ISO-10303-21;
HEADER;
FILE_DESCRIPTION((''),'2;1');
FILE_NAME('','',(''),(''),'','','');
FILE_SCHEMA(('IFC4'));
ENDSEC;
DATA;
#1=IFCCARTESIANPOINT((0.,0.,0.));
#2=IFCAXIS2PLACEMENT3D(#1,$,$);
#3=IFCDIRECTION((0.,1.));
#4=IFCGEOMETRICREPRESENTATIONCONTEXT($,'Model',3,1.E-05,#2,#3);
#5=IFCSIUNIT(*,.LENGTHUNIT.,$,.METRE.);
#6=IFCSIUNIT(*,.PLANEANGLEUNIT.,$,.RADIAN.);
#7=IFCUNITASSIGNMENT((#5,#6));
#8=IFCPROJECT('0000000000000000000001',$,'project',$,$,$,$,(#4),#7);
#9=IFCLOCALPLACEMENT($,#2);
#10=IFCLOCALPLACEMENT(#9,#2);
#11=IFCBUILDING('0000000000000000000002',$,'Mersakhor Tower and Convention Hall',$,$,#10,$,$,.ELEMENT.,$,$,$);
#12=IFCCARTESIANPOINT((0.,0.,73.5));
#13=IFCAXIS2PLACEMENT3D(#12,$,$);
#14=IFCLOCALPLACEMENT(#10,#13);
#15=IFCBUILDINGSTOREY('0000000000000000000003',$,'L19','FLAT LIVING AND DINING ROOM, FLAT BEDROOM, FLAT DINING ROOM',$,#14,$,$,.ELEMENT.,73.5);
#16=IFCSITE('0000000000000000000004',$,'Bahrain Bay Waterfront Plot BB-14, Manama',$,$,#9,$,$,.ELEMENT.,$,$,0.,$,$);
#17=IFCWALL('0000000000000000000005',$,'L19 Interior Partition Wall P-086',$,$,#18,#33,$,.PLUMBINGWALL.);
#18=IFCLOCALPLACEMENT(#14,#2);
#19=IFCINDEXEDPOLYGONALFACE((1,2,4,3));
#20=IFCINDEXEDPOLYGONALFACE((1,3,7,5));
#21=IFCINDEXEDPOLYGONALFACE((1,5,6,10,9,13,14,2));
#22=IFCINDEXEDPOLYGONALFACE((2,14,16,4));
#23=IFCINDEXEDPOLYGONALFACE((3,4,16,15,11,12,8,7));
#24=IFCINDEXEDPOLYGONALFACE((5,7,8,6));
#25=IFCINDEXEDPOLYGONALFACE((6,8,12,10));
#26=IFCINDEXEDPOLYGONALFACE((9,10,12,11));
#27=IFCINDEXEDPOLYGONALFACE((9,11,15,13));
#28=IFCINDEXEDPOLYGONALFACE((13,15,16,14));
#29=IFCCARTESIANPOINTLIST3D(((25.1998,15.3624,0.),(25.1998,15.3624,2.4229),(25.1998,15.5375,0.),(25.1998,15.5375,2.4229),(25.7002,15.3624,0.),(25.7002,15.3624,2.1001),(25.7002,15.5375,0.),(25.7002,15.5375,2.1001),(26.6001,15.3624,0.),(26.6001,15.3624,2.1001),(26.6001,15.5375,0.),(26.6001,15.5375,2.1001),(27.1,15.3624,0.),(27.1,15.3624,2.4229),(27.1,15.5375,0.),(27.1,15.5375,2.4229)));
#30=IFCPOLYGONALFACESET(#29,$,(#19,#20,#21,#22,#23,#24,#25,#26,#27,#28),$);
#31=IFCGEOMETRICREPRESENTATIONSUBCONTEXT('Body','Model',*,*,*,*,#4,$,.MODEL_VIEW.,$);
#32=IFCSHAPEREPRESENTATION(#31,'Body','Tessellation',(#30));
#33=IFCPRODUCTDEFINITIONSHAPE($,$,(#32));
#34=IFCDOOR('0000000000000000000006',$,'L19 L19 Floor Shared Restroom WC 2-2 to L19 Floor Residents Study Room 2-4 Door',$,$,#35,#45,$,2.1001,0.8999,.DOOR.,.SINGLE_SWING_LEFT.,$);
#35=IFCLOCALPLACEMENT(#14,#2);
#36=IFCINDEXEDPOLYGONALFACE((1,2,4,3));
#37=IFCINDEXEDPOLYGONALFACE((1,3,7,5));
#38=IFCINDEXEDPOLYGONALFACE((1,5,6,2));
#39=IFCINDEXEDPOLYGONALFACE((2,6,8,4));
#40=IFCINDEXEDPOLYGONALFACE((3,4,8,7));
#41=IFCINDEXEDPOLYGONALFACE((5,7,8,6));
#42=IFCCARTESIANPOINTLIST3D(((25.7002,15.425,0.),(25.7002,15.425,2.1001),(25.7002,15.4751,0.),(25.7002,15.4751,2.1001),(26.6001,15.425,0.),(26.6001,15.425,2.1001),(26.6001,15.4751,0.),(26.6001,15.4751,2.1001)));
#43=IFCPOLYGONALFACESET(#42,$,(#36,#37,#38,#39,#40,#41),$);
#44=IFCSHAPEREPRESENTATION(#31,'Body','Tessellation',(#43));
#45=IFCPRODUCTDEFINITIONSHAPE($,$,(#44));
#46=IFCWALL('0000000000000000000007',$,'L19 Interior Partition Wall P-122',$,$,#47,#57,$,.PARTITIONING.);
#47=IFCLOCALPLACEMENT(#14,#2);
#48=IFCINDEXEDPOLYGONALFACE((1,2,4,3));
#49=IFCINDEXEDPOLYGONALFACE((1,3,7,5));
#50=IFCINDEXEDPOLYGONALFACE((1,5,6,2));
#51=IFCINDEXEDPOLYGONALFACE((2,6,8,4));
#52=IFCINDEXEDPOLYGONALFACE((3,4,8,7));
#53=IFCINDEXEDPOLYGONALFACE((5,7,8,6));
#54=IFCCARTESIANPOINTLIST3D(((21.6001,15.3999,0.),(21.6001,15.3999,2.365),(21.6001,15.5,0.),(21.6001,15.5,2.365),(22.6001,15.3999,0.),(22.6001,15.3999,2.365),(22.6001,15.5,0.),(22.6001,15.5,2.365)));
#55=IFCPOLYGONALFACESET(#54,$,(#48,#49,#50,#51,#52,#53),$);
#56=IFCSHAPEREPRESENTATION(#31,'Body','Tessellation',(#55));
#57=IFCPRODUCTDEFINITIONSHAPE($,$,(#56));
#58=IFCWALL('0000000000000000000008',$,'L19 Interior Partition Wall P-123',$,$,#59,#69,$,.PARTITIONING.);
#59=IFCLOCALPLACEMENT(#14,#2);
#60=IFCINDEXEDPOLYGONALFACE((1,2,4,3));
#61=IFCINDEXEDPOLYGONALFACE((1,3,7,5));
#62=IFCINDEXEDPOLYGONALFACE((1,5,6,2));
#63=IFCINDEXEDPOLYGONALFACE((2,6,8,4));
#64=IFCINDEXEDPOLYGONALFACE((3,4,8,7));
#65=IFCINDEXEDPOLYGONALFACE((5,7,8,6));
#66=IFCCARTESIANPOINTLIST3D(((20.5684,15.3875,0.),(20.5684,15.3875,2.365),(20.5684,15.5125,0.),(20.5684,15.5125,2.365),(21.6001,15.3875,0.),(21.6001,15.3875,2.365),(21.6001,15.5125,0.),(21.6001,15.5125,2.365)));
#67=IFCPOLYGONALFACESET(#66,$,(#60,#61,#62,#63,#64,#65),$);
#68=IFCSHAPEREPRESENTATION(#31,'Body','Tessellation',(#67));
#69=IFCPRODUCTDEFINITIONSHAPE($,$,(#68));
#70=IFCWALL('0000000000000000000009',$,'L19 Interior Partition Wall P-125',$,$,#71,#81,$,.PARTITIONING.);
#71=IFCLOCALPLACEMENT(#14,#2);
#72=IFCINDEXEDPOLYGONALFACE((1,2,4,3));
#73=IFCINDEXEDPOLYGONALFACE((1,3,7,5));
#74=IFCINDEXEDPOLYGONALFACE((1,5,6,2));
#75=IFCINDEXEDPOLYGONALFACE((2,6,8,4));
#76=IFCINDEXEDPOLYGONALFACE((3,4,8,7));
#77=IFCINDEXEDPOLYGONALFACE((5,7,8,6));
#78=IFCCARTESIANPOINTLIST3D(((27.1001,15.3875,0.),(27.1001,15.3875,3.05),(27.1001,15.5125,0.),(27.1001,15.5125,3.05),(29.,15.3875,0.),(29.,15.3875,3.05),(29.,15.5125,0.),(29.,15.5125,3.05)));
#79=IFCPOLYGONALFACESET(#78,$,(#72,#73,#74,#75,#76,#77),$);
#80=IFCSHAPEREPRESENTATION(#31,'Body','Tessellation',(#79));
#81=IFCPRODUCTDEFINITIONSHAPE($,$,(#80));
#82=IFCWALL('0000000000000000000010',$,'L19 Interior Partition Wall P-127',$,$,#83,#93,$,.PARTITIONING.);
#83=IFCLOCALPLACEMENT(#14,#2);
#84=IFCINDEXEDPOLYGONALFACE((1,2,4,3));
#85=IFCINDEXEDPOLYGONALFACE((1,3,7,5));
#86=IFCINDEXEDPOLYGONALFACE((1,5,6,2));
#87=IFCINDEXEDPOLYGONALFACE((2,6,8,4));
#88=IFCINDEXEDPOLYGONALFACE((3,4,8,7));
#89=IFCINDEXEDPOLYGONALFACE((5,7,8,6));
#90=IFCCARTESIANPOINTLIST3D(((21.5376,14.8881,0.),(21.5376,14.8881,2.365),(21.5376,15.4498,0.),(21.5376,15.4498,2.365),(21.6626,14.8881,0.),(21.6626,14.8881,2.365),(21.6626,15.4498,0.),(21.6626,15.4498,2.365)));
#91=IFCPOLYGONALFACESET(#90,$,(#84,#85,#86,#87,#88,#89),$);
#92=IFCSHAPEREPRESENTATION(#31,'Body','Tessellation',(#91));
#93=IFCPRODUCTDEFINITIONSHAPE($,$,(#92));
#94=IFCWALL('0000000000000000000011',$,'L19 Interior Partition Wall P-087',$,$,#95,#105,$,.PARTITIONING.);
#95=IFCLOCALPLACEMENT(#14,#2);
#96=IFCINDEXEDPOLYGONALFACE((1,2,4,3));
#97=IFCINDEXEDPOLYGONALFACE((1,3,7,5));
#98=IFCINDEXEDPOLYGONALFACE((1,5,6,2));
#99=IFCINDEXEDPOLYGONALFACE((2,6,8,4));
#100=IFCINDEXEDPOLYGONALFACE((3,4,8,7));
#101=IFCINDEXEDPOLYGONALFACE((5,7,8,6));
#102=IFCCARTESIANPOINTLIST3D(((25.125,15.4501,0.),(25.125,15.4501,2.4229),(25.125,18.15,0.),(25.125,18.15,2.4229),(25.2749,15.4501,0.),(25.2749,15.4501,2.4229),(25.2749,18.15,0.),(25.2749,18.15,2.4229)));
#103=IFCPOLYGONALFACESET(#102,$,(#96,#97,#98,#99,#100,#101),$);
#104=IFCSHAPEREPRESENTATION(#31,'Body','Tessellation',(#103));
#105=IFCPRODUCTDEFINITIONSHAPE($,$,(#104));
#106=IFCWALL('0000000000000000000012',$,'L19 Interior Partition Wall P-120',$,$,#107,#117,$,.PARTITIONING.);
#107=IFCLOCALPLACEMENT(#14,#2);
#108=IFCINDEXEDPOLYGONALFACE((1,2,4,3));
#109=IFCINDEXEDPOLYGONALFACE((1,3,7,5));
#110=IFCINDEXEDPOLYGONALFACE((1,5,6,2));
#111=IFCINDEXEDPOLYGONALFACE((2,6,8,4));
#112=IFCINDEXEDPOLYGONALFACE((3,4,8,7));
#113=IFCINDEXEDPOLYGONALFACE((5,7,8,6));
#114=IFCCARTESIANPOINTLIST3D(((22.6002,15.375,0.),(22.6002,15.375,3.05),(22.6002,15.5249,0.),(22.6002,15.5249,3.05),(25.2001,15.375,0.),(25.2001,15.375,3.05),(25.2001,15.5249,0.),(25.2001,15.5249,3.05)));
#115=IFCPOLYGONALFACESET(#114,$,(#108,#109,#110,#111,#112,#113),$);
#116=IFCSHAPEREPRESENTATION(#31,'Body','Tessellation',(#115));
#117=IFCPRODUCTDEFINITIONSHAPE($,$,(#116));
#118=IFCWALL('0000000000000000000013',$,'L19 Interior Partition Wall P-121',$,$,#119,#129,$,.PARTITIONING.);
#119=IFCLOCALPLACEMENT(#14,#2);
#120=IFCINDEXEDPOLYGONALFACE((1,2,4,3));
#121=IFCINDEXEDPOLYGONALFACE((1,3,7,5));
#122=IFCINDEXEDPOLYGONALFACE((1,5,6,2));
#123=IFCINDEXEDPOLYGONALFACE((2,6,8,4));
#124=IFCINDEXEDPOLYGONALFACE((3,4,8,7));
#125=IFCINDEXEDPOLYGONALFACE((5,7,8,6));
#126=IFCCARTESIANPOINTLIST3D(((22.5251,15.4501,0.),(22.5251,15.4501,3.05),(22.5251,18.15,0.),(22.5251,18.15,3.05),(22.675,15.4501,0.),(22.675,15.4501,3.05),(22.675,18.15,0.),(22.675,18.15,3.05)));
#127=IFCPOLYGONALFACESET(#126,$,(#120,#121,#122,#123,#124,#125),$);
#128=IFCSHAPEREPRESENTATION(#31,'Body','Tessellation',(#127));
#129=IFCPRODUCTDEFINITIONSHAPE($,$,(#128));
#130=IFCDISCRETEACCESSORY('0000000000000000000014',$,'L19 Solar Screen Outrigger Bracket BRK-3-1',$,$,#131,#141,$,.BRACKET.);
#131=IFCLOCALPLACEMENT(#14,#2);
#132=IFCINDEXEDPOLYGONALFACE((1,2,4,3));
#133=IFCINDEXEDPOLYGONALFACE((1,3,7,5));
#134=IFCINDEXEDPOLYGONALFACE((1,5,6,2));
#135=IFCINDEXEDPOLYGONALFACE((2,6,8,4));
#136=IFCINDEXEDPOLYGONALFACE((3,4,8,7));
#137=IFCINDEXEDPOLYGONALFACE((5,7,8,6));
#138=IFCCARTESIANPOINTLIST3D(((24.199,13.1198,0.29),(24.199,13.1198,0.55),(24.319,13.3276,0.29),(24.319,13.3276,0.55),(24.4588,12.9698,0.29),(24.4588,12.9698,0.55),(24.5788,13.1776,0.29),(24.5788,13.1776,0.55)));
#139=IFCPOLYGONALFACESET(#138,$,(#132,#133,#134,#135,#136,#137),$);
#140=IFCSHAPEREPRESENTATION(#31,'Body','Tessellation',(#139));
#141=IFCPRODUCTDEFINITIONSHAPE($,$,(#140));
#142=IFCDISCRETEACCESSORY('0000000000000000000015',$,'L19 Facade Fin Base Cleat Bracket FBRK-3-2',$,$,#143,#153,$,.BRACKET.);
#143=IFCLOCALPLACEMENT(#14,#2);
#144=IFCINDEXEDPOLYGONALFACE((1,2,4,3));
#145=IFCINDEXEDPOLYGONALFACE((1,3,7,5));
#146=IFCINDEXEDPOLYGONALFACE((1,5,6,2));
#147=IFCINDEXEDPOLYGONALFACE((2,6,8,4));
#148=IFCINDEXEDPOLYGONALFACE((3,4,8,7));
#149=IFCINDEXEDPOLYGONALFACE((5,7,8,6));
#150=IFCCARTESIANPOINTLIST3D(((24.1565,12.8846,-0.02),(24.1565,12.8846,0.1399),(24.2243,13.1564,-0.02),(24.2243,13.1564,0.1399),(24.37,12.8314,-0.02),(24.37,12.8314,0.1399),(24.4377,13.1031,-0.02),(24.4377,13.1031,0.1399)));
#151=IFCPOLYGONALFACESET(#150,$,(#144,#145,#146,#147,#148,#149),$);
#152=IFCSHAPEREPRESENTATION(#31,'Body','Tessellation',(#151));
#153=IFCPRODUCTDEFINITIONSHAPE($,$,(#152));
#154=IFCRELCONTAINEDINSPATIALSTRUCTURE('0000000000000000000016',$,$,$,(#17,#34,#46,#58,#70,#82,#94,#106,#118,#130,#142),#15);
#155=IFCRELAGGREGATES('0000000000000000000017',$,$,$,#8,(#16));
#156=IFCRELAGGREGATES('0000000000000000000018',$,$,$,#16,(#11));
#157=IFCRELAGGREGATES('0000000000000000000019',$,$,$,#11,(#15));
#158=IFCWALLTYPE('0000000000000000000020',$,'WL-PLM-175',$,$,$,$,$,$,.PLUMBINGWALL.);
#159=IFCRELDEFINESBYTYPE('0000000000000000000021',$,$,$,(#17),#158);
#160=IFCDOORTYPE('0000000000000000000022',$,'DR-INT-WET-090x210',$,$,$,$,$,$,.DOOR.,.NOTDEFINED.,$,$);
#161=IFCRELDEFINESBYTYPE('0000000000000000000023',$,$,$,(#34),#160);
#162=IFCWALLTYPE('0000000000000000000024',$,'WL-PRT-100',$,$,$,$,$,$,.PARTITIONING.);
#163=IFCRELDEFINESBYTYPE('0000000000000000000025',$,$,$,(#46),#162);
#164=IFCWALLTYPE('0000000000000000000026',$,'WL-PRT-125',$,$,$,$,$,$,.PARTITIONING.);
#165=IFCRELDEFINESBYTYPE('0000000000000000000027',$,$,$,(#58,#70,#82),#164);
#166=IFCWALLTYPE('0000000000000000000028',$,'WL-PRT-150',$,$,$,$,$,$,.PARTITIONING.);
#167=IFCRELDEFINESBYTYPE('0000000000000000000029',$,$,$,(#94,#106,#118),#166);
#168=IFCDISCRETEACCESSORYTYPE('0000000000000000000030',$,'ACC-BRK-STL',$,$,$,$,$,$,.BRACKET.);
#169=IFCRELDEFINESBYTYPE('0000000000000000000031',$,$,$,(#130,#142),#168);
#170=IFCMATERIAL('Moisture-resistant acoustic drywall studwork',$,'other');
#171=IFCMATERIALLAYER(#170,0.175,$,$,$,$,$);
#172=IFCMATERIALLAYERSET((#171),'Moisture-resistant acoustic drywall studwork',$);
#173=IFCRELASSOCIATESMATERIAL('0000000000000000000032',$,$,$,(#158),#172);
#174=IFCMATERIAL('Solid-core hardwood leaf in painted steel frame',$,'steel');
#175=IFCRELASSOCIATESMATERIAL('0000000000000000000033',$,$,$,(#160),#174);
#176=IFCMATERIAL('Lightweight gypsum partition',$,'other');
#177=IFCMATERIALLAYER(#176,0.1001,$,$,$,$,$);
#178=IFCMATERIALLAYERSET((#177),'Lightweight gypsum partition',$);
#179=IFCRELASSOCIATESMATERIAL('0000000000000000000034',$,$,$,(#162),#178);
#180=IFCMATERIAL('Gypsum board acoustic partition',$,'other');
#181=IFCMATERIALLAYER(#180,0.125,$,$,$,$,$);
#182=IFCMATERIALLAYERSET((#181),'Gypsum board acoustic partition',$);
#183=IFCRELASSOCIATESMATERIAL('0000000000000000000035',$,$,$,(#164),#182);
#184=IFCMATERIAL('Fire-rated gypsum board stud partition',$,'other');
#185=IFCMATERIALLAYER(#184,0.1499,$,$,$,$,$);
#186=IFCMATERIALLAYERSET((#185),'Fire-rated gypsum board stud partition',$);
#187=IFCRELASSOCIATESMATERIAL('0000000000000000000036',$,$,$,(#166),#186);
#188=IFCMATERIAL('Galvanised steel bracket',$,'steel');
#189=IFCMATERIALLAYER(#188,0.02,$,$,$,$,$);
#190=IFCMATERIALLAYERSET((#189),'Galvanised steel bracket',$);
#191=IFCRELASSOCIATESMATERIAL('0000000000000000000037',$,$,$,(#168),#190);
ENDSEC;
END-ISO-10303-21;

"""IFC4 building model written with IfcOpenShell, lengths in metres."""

from ifc_helpers import new_model, si_unit, direction, frame, frame_2d, origin, origin_2d, place, context, subcontext, project, spatial, rectangle, extrude, material, layer, layer_set, type_object, element, fill, save


model = new_model("IFC4")

# Units and contexts
model_context = context("Model", 3, precision=1e-05, world=origin(), true_north=direction((0.0, 1.0)))
body_context = subcontext(model_context, "Body", "Model", "MODEL_VIEW")
ifc_project = project(units=[si_unit("LENGTHUNIT", "METRE"), si_unit("PLANEANGLEUNIT", "RADIAN")], contexts=[model_context])

# Site, building, storey
site_placement = place(None, origin())
site = spatial("IfcSite", under=ifc_project, at=site_placement, Name="Bahrain Bay Waterfront Plot BB-14, Manama", CompositionType="ELEMENT", RefElevation=0.0)
building_placement = place(site_placement, origin())
building = spatial("IfcBuilding", under=site, at=building_placement, Name="Mersakhor Tower and Convention Hall", CompositionType="ELEMENT")
storey_placement = place(building_placement, frame((0.0, 0.0, 73.5)))
storey = spatial("IfcBuildingStorey", under=building, at=storey_placement, Name="L19", Description="FLAT LIVING AND DINING ROOM, FLAT BEDROOM, FLAT DINING ROOM", CompositionType="ELEMENT", Elevation=73.5)

# Wall, opening, door
ifc_material_1 = material(Name="Moisture-resistant acoustic drywall studwork", Category="other")
ifc_layer_1 = layer(ifc_material_1, 0.175)
ifc_layer_set_1 = layer_set([ifc_layer_1], Name="Moisture-resistant acoustic drywall studwork")
wall_type_1 = type_object("IfcWallType", Name="WL-PLM-175", PredefinedType="PLUMBINGWALL", material=ifc_layer_set_1)
wall_1_placement = place(storey_placement, frame((27.1001, 15.45, 0.0), z_axis=(0.0, 0.0, 1.0), x_axis=(-1.0, 0.0, 0.0)))
wall_1 = element("IfcWall", 1, at=wall_1_placement, inside=storey, type_object=wall_type_1, Name="L19 Interior Partition Wall P-086", PredefinedType="PLUMBINGWALL", context=body_context, shape_type="SweptSolid", body=[
    extrude(rectangle(XDim=1.9001, YDim=0.175, at=frame_2d((0.9502, 0.0))), origin(), (0.0, 0.0, 1.0), 2.4229),
])
opening_placement = place(wall_1_placement, frame((0.5, 0.0, 0.0)))
opening = element("IfcOpeningElement", 2, at=opening_placement, cuts=wall_1, PredefinedType="OPENING", context=body_context, shape_type="SweptSolid", body=[
    extrude(rectangle(XDim=0.8999, YDim=2.1001, at=frame_2d((0.45, 1.05))), frame((0.0, 0.0974, 0.0), z_axis=(0.0, -1.0, 0.0), x_axis=(1.0, 0.0, 0.0)), (0.0, 0.0, 1.0), 0.1951),
])
ifc_material_2 = material(Name="Solid-core hardwood leaf in painted steel frame", Category="steel")
door_type = type_object("IfcDoorType", Name="DR-INT-WET-090x210", OperationType="NOTDEFINED", PredefinedType="DOOR", material=ifc_material_2)
door_placement = place(opening_placement, origin())
door = element("IfcDoor", 3, at=door_placement, inside=storey, type_object=door_type, Name="L19 L19 Floor Shared Restroom WC 2-2 to L19 Floor Residents Study Room 2-4 Door", OperationType="SINGLE_SWING_LEFT", OverallHeight=2.1001, OverallWidth=0.8999, PredefinedType="DOOR", context=body_context, shape_type="SweptSolid", body=[
    extrude(rectangle(XDim=0.8999, YDim=2.1001, at=frame_2d((0.45, 1.05))), frame((0.0, 0.0249, 0.0), z_axis=(0.0, -1.0, 0.0), x_axis=(1.0, 0.0, 0.0)), (0.0, 0.0, 1.0), 0.05),
])
fill(opening, door)

# Walls
ifc_material_3 = material(Name="Lightweight gypsum partition", Category="other")
ifc_layer_2 = layer(ifc_material_3, 0.1001)
ifc_layer_set_2 = layer_set([ifc_layer_2], Name="Lightweight gypsum partition")
wall_type_2 = type_object("IfcWallType", Name="WL-PRT-100", PredefinedType="PARTITIONING", material=ifc_layer_set_2)
wall_2_placement = place(storey_placement, frame((22.6001, 15.45, 0.0), z_axis=(0.0, 0.0, 1.0), x_axis=(-1.0, 0.0, 0.0)))
element("IfcWall", 4, at=wall_2_placement, inside=storey, type_object=wall_type_2, Name="L19 Interior Partition Wall P-122", PredefinedType="PARTITIONING", context=body_context, shape_type="SweptSolid", body=[
    extrude(rectangle(XDim=1.0, YDim=0.1001, at=frame_2d((0.5, 0.0))), origin(), (0.0, 0.0, 1.0), 2.365),
])
ifc_material_4 = material(Name="Gypsum board acoustic partition", Category="other")
ifc_layer_3 = layer(ifc_material_4, 0.125)
ifc_layer_set_3 = layer_set([ifc_layer_3], Name="Gypsum board acoustic partition")
wall_type_3 = type_object("IfcWallType", Name="WL-PRT-125", PredefinedType="PARTITIONING", material=ifc_layer_set_3)
wall_3_placement = place(storey_placement, frame((21.6001, 15.45, 0.0), z_axis=(0.0, 0.0, 1.0), x_axis=(-1.0, 0.0, 0.0)))
element("IfcWall", 5, at=wall_3_placement, inside=storey, type_object=wall_type_3, Name="L19 Interior Partition Wall P-123", PredefinedType="PARTITIONING", context=body_context, shape_type="SweptSolid", body=[
    extrude(rectangle(XDim=1.0317, YDim=0.125, at=frame_2d((0.5159, 0.0))), origin(), (0.0, 0.0, 1.0), 2.365),
])
wall_4_placement = place(storey_placement, frame((27.1001, 15.45, 0.0), z_axis=(0.0, 0.0, 1.0), x_axis=(1.0, 0.0, 0.0)))
element("IfcWall", 6, at=wall_4_placement, inside=storey, type_object=wall_type_3, Name="L19 Interior Partition Wall P-125", PredefinedType="PARTITIONING", context=body_context, shape_type="SweptSolid", body=[
    extrude(rectangle(XDim=1.8999, YDim=0.125, at=frame_2d((0.95, 0.0))), origin(), (0.0, 0.0, 1.0), 3.05),
])
wall_5_placement = place(storey_placement, frame((21.6001, 14.8882, 0.0), z_axis=(0.0, 0.0, 1.0), x_axis=(0.0, 1.0, 0.0)))
element("IfcWall", 7, at=wall_5_placement, inside=storey, type_object=wall_type_3, Name="L19 Interior Partition Wall P-127", PredefinedType="PARTITIONING", context=body_context, shape_type="SweptSolid", body=[
    extrude(rectangle(XDim=0.5618, YDim=0.125, at=frame_2d((0.2808, 0.0))), origin(), (0.0, 0.0, 1.0), 2.365),
])
ifc_material_5 = material(Name="Fire-rated gypsum board stud partition", Category="other")
ifc_layer_4 = layer(ifc_material_5, 0.1499)
ifc_layer_set_4 = layer_set([ifc_layer_4], Name="Fire-rated gypsum board stud partition")
wall_type_4 = type_object("IfcWallType", Name="WL-PRT-150", PredefinedType="PARTITIONING", material=ifc_layer_set_4)
wall_6_placement = place(storey_placement, frame((25.2, 15.45, 0.0), z_axis=(0.0, 0.0, 1.0), x_axis=(0.0, 1.0, 0.0)))
element("IfcWall", 8, at=wall_6_placement, inside=storey, type_object=wall_type_4, Name="L19 Interior Partition Wall P-087", PredefinedType="PARTITIONING", context=body_context, shape_type="SweptSolid", body=[
    extrude(rectangle(XDim=2.7, YDim=0.1499, at=frame_2d((1.3501, 0.0))), origin(), (0.0, 0.0, 1.0), 2.4229),
])
wall_7_placement = place(storey_placement, frame((25.2, 15.45, 0.0), z_axis=(0.0, 0.0, 1.0), x_axis=(-1.0, 0.0, 0.0)))
element("IfcWall", 9, at=wall_7_placement, inside=storey, type_object=wall_type_4, Name="L19 Interior Partition Wall P-120", PredefinedType="PARTITIONING", context=body_context, shape_type="SweptSolid", body=[
    extrude(rectangle(XDim=2.5999, YDim=0.1499, at=frame_2d((1.2998, 0.0))), origin(), (0.0, 0.0, 1.0), 3.05),
])
wall_8_placement = place(storey_placement, frame((22.6001, 15.45, 0.0), z_axis=(0.0, 0.0, 1.0), x_axis=(0.0, 1.0, 0.0)))
element("IfcWall", 10, at=wall_8_placement, inside=storey, type_object=wall_type_4, Name="L19 Interior Partition Wall P-121", PredefinedType="PARTITIONING", context=body_context, shape_type="SweptSolid", body=[
    extrude(rectangle(XDim=2.7, YDim=0.1499, at=frame_2d((1.3501, 0.0))), origin(), (0.0, 0.0, 1.0), 3.05),
])

# Discrete accessories
ifc_material_6 = material(Name="Galvanised steel bracket", Category="steel")
ifc_layer_5 = layer(ifc_material_6, 0.02)
ifc_layer_set_5 = layer_set([ifc_layer_5], Name="Galvanised steel bracket")
discrete_accessory_type = type_object("IfcDiscreteAccessoryType", Name="ACC-BRK-STL", PredefinedType="BRACKET", material=ifc_layer_set_5)
discrete_accessory_1_placement = place(storey_placement, frame((24.3889, 13.1487, 0.29), z_axis=(0.0, 0.0, 1.0), x_axis=(-0.866025, 0.5, 0.0)))
element("IfcDiscreteAccessory", 11, at=discrete_accessory_1_placement, inside=storey, type_object=discrete_accessory_type, Name="L19 Solar Screen Outrigger Bracket BRK-3-1", PredefinedType="BRACKET", context=body_context, shape_type="SweptSolid", body=[
    extrude(rectangle(XDim=0.3, YDim=0.24, at=origin_2d()), origin(), (0.0, 0.0, 1.0), 0.26),
])
discrete_accessory_2_placement = place(storey_placement, frame((24.2971, 12.9939, -0.02), z_axis=(0.0, 0.0, 1.0), x_axis=(-0.241922, -0.970296, 0.0)))
element("IfcDiscreteAccessory", 12, at=discrete_accessory_2_placement, inside=storey, type_object=discrete_accessory_type, Name="L19 Facade Fin Base Cleat Bracket FBRK-3-2", PredefinedType="BRACKET", context=body_context, shape_type="SweptSolid", body=[
    extrude(rectangle(XDim=0.28, YDim=0.22, at=origin_2d()), origin(), (0.0, 0.0, 1.0), 0.1599),
])

save(model, "model.ifc")
